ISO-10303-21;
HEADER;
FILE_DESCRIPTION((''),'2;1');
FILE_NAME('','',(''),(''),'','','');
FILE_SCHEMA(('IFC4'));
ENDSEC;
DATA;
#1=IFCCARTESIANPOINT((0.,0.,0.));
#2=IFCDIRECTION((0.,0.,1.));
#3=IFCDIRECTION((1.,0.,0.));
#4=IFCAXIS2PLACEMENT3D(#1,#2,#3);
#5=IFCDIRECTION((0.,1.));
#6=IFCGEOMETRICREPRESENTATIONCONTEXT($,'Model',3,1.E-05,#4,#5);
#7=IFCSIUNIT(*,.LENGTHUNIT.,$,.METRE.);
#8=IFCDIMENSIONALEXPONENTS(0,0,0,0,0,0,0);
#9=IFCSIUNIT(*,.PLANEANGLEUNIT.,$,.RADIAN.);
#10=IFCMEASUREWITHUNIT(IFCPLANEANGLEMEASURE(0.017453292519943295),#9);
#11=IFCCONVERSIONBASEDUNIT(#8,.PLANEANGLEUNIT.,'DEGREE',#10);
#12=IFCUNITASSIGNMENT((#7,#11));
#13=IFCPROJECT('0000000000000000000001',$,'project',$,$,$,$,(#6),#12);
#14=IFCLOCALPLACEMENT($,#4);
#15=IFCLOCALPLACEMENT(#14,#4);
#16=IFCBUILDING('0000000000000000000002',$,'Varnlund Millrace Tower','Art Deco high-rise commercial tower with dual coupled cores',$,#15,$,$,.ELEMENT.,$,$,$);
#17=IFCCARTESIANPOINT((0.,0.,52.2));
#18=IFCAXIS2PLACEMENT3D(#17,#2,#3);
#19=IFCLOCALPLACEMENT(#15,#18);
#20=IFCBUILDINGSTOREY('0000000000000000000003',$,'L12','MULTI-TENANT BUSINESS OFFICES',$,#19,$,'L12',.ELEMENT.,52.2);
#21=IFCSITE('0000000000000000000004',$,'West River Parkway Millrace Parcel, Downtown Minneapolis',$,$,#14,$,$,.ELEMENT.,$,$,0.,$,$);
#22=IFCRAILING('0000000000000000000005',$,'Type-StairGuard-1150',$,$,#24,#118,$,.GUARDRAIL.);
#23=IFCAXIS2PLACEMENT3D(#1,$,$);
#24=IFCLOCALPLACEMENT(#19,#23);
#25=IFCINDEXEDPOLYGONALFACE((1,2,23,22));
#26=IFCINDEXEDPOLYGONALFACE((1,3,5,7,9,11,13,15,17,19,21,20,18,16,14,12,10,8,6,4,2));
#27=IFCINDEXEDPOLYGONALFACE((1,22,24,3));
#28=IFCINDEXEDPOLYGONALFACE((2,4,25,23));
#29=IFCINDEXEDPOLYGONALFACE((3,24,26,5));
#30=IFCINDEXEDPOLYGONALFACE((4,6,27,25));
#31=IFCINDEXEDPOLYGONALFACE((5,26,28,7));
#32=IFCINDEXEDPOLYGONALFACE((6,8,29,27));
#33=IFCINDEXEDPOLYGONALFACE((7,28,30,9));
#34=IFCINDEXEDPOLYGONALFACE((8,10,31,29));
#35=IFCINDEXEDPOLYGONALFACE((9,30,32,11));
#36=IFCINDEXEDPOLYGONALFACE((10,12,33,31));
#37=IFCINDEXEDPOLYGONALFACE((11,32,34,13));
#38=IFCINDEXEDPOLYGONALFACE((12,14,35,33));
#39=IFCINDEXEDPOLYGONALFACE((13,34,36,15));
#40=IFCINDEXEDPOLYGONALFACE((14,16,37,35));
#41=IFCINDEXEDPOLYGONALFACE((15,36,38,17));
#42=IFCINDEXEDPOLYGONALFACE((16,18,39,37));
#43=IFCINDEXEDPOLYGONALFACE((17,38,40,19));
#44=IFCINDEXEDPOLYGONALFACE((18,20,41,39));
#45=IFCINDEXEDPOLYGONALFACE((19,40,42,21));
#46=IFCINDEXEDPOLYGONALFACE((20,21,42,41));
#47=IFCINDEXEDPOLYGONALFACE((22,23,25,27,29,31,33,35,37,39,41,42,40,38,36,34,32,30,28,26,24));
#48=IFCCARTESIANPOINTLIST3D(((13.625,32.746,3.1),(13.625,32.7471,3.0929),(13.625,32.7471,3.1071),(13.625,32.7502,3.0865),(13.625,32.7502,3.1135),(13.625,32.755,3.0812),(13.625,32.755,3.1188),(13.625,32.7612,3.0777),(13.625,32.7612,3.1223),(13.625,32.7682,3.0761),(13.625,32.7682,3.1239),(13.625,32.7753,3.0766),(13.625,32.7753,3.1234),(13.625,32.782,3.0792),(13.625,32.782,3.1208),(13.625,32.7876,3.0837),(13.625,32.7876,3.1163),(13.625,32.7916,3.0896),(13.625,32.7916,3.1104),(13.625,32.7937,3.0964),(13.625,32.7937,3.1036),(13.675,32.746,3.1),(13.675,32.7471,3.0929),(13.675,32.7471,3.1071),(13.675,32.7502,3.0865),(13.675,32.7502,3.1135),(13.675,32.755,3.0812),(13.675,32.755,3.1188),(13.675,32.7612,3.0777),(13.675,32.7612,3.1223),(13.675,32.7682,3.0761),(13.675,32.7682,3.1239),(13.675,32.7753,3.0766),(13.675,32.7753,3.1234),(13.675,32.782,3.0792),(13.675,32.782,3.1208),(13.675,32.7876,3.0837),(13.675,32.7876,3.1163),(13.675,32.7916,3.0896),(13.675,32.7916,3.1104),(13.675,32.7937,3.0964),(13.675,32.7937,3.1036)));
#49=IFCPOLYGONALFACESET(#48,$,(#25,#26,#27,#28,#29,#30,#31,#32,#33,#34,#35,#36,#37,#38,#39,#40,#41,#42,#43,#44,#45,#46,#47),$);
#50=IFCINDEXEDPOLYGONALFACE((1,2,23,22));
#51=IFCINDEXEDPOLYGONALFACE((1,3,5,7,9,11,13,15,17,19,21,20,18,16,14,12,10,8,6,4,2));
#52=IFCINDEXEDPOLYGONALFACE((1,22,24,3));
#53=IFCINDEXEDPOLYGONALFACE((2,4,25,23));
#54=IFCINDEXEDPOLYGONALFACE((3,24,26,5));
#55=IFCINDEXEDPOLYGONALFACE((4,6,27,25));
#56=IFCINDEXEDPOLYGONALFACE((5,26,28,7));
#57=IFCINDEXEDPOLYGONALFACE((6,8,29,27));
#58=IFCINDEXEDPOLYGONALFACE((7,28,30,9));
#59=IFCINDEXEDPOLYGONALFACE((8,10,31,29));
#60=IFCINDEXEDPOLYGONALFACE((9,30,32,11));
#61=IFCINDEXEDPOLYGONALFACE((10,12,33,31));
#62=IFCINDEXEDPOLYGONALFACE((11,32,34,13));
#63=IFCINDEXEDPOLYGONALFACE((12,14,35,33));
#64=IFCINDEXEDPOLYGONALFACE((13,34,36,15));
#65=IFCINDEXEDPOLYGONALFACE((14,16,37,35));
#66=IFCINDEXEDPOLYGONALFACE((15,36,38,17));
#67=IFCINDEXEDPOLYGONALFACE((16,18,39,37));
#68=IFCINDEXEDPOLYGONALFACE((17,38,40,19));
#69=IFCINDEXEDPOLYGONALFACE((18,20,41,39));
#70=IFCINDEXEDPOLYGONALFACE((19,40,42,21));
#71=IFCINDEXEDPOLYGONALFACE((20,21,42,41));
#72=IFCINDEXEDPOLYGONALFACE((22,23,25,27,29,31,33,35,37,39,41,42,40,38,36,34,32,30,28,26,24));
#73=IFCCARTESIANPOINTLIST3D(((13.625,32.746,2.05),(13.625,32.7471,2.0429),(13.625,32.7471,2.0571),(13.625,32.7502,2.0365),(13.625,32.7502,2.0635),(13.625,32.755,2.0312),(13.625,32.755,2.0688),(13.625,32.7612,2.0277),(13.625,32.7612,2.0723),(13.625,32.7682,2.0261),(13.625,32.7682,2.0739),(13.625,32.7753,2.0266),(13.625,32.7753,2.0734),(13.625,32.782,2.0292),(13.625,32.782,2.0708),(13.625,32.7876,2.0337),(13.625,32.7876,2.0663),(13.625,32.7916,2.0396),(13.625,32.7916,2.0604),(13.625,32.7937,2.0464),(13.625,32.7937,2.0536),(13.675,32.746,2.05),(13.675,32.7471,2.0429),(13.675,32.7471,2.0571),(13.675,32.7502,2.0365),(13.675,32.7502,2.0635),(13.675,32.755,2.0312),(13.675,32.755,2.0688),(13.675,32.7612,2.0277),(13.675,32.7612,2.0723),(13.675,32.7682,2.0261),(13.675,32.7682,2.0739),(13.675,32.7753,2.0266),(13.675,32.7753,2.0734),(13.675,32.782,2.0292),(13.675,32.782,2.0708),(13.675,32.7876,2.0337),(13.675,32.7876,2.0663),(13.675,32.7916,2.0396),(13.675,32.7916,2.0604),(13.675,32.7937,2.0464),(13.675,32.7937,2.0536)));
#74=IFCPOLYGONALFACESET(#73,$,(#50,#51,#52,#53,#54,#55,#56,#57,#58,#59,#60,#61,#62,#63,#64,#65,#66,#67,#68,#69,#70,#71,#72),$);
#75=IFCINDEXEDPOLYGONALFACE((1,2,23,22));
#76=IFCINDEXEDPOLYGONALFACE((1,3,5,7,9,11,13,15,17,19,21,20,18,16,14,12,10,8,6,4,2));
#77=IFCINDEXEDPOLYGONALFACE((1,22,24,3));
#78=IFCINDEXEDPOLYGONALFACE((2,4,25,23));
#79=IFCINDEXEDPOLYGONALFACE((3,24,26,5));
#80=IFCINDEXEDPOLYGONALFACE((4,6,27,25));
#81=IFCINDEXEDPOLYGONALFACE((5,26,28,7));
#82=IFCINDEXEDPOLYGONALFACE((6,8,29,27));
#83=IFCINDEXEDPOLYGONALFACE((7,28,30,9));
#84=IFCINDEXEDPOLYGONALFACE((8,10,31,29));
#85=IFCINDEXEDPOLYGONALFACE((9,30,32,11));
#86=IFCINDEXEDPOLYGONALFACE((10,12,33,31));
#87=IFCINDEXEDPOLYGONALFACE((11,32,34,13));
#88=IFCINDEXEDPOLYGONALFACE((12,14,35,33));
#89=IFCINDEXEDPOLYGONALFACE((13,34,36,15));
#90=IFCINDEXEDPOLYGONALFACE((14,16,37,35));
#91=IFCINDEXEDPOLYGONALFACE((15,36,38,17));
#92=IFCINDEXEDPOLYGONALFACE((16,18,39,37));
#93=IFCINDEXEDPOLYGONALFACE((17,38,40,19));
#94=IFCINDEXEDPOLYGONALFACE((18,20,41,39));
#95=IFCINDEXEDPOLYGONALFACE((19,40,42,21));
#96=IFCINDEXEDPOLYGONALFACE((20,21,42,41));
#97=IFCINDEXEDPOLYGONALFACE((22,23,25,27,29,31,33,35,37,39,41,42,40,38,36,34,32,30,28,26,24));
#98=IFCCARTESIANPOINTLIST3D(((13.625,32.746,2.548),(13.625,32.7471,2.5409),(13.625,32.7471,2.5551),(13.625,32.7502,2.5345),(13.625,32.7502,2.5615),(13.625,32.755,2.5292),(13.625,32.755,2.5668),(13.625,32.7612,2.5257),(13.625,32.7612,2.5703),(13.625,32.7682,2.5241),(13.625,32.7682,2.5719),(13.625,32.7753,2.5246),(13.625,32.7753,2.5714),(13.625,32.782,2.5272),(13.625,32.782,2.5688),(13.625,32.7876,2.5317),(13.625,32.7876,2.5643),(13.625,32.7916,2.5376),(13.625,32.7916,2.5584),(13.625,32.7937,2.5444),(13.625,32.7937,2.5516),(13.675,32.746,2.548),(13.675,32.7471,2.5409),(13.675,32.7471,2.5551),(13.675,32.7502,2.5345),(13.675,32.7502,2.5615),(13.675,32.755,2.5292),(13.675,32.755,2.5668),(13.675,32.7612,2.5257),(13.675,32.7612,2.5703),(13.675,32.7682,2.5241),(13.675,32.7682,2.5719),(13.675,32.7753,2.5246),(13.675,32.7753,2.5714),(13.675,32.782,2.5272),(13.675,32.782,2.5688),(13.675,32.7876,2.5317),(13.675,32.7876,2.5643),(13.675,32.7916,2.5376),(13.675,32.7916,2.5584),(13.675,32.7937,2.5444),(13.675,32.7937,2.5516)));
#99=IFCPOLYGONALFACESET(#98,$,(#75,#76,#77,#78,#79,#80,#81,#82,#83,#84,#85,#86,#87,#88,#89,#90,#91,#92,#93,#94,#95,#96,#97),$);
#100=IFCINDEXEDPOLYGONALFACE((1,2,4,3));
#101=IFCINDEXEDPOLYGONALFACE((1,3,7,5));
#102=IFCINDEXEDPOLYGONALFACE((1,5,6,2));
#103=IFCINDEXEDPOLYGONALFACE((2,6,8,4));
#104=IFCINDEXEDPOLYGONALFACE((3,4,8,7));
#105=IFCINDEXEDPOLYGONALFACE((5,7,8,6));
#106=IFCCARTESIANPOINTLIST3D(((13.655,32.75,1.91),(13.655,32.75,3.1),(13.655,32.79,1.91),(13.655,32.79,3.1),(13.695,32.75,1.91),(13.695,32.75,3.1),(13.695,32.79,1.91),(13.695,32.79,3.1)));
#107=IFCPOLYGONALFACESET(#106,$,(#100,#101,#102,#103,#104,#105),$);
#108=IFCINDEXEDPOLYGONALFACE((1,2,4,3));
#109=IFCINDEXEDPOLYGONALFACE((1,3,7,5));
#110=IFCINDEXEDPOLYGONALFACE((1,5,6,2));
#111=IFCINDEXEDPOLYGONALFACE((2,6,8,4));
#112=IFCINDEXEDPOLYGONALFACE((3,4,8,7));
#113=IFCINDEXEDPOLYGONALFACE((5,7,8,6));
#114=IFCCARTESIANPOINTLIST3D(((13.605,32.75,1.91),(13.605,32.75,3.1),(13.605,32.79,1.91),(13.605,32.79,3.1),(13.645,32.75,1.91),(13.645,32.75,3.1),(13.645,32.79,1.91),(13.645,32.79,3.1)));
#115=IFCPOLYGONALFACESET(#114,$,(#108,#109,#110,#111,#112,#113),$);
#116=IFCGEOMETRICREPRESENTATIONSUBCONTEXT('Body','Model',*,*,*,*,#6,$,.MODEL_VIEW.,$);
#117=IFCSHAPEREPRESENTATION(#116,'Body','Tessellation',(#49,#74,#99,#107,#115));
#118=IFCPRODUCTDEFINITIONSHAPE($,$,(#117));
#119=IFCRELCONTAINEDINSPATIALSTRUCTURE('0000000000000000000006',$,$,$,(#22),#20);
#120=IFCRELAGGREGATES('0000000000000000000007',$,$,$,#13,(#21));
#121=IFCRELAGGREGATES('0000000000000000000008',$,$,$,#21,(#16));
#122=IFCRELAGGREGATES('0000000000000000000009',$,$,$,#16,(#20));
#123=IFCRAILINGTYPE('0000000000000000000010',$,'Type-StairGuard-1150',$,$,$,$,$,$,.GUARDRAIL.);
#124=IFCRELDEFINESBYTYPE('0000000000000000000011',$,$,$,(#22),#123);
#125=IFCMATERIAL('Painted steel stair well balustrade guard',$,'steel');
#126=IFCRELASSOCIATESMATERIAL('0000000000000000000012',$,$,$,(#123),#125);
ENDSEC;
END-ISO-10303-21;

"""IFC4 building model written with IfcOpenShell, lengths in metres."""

from ifc_helpers import new_model, entity, si_unit, converted_unit, direction, frame, origin_with_axes, origin_2d_with_axis, place, context, subcontext, project, spatial, rectangle, circle, extrude, material, type_object, element, save


model = new_model("IFC4")

# Units and contexts
model_context = context("Model", 3, precision=1e-05, world=origin_with_axes(), true_north=direction((0.0, 1.0)))
body_context = subcontext(model_context, "Body", "Model", "MODEL_VIEW")
ifc_project = project(units=[si_unit("LENGTHUNIT", "METRE"), converted_unit("PLANEANGLEUNIT", "DEGREE", entity("IfcPlaneAngleMeasure", 0.017453292519943295), si_unit("PLANEANGLEUNIT", "RADIAN"), dimensions=[0, 0, 0, 0, 0, 0, 0])], contexts=[model_context])

# Site, building, storey
site_placement = place(None, origin_with_axes())
site = spatial("IfcSite", under=ifc_project, at=site_placement, Name="West River Parkway Millrace Parcel, Downtown Minneapolis", CompositionType="ELEMENT", RefElevation=0.0)
building_placement = place(site_placement, origin_with_axes())
building = spatial("IfcBuilding", under=site, at=building_placement, Name="Varnlund Millrace Tower", Description="Art Deco high-rise commercial tower with dual coupled cores", CompositionType="ELEMENT")
storey_placement = place(building_placement, frame((0.0, 0.0, 52.2), z_axis=(0.0, 0.0, 1.0), x_axis=(1.0, 0.0, 0.0)))
storey = spatial("IfcBuildingStorey", under=building, at=storey_placement, Name="L12", Description="MULTI-TENANT BUSINESS OFFICES", LongName="L12", CompositionType="ELEMENT", Elevation=52.2)

# Railing
ifc_material_1 = material(Name="Painted steel stair well balustrade guard", Category="steel")
railing_type_1 = type_object("IfcRailingType", Name="Type-StairGuard-1150", PredefinedType="GUARDRAIL", material=ifc_material_1)
railing_1_placement = place(storey_placement, frame((0.0, 0.0, -52.2), z_axis=(0.0, 0.0, 1.0), x_axis=(1.0, 0.0, 0.0)))
element("IfcRailing", 1, at=railing_1_placement, inside=storey, type_object=railing_type_1, Name="Type-StairGuard-1150", PredefinedType="GUARDRAIL", context=body_context, shape_type="SweptSolid", body=[
    extrude(circle(Radius=0.024, at=origin_2d_with_axis()), frame((13.675, 32.77, 55.3), z_axis=(-1.0, 0.0, 0.0), x_axis=(0.0, -1.0, 0.0)), (0.0, 0.0, 1.0), 0.05),
    extrude(circle(Radius=0.024, at=origin_2d_with_axis()), frame((13.675, 32.77, 54.25), z_axis=(-1.0, 0.0, 0.0), x_axis=(0.0, -1.0, 0.0)), (0.0, 0.0, 1.0), 0.05),
    extrude(circle(Radius=0.024, at=origin_2d_with_axis()), frame((13.675, 32.77, 54.748), z_axis=(-1.0, 0.0, 0.0), x_axis=(0.0, -1.0, 0.0)), (0.0, 0.0, 1.0), 0.05),
    extrude(rectangle(XDim=0.04, YDim=0.04, at=origin_2d_with_axis()), frame((13.675, 32.77, 54.11), z_axis=(0.0, 0.0, 1.0), x_axis=(1.0, 0.0, 0.0)), (0.0, 0.0, 1.0), 1.19),
    extrude(rectangle(XDim=0.04, YDim=0.04, at=origin_2d_with_axis()), frame((13.625, 32.77, 54.11), z_axis=(0.0, 0.0, 1.0), x_axis=(1.0, 0.0, 0.0)), (0.0, 0.0, 1.0), 1.19),
])

save(model, "model.ifc")
